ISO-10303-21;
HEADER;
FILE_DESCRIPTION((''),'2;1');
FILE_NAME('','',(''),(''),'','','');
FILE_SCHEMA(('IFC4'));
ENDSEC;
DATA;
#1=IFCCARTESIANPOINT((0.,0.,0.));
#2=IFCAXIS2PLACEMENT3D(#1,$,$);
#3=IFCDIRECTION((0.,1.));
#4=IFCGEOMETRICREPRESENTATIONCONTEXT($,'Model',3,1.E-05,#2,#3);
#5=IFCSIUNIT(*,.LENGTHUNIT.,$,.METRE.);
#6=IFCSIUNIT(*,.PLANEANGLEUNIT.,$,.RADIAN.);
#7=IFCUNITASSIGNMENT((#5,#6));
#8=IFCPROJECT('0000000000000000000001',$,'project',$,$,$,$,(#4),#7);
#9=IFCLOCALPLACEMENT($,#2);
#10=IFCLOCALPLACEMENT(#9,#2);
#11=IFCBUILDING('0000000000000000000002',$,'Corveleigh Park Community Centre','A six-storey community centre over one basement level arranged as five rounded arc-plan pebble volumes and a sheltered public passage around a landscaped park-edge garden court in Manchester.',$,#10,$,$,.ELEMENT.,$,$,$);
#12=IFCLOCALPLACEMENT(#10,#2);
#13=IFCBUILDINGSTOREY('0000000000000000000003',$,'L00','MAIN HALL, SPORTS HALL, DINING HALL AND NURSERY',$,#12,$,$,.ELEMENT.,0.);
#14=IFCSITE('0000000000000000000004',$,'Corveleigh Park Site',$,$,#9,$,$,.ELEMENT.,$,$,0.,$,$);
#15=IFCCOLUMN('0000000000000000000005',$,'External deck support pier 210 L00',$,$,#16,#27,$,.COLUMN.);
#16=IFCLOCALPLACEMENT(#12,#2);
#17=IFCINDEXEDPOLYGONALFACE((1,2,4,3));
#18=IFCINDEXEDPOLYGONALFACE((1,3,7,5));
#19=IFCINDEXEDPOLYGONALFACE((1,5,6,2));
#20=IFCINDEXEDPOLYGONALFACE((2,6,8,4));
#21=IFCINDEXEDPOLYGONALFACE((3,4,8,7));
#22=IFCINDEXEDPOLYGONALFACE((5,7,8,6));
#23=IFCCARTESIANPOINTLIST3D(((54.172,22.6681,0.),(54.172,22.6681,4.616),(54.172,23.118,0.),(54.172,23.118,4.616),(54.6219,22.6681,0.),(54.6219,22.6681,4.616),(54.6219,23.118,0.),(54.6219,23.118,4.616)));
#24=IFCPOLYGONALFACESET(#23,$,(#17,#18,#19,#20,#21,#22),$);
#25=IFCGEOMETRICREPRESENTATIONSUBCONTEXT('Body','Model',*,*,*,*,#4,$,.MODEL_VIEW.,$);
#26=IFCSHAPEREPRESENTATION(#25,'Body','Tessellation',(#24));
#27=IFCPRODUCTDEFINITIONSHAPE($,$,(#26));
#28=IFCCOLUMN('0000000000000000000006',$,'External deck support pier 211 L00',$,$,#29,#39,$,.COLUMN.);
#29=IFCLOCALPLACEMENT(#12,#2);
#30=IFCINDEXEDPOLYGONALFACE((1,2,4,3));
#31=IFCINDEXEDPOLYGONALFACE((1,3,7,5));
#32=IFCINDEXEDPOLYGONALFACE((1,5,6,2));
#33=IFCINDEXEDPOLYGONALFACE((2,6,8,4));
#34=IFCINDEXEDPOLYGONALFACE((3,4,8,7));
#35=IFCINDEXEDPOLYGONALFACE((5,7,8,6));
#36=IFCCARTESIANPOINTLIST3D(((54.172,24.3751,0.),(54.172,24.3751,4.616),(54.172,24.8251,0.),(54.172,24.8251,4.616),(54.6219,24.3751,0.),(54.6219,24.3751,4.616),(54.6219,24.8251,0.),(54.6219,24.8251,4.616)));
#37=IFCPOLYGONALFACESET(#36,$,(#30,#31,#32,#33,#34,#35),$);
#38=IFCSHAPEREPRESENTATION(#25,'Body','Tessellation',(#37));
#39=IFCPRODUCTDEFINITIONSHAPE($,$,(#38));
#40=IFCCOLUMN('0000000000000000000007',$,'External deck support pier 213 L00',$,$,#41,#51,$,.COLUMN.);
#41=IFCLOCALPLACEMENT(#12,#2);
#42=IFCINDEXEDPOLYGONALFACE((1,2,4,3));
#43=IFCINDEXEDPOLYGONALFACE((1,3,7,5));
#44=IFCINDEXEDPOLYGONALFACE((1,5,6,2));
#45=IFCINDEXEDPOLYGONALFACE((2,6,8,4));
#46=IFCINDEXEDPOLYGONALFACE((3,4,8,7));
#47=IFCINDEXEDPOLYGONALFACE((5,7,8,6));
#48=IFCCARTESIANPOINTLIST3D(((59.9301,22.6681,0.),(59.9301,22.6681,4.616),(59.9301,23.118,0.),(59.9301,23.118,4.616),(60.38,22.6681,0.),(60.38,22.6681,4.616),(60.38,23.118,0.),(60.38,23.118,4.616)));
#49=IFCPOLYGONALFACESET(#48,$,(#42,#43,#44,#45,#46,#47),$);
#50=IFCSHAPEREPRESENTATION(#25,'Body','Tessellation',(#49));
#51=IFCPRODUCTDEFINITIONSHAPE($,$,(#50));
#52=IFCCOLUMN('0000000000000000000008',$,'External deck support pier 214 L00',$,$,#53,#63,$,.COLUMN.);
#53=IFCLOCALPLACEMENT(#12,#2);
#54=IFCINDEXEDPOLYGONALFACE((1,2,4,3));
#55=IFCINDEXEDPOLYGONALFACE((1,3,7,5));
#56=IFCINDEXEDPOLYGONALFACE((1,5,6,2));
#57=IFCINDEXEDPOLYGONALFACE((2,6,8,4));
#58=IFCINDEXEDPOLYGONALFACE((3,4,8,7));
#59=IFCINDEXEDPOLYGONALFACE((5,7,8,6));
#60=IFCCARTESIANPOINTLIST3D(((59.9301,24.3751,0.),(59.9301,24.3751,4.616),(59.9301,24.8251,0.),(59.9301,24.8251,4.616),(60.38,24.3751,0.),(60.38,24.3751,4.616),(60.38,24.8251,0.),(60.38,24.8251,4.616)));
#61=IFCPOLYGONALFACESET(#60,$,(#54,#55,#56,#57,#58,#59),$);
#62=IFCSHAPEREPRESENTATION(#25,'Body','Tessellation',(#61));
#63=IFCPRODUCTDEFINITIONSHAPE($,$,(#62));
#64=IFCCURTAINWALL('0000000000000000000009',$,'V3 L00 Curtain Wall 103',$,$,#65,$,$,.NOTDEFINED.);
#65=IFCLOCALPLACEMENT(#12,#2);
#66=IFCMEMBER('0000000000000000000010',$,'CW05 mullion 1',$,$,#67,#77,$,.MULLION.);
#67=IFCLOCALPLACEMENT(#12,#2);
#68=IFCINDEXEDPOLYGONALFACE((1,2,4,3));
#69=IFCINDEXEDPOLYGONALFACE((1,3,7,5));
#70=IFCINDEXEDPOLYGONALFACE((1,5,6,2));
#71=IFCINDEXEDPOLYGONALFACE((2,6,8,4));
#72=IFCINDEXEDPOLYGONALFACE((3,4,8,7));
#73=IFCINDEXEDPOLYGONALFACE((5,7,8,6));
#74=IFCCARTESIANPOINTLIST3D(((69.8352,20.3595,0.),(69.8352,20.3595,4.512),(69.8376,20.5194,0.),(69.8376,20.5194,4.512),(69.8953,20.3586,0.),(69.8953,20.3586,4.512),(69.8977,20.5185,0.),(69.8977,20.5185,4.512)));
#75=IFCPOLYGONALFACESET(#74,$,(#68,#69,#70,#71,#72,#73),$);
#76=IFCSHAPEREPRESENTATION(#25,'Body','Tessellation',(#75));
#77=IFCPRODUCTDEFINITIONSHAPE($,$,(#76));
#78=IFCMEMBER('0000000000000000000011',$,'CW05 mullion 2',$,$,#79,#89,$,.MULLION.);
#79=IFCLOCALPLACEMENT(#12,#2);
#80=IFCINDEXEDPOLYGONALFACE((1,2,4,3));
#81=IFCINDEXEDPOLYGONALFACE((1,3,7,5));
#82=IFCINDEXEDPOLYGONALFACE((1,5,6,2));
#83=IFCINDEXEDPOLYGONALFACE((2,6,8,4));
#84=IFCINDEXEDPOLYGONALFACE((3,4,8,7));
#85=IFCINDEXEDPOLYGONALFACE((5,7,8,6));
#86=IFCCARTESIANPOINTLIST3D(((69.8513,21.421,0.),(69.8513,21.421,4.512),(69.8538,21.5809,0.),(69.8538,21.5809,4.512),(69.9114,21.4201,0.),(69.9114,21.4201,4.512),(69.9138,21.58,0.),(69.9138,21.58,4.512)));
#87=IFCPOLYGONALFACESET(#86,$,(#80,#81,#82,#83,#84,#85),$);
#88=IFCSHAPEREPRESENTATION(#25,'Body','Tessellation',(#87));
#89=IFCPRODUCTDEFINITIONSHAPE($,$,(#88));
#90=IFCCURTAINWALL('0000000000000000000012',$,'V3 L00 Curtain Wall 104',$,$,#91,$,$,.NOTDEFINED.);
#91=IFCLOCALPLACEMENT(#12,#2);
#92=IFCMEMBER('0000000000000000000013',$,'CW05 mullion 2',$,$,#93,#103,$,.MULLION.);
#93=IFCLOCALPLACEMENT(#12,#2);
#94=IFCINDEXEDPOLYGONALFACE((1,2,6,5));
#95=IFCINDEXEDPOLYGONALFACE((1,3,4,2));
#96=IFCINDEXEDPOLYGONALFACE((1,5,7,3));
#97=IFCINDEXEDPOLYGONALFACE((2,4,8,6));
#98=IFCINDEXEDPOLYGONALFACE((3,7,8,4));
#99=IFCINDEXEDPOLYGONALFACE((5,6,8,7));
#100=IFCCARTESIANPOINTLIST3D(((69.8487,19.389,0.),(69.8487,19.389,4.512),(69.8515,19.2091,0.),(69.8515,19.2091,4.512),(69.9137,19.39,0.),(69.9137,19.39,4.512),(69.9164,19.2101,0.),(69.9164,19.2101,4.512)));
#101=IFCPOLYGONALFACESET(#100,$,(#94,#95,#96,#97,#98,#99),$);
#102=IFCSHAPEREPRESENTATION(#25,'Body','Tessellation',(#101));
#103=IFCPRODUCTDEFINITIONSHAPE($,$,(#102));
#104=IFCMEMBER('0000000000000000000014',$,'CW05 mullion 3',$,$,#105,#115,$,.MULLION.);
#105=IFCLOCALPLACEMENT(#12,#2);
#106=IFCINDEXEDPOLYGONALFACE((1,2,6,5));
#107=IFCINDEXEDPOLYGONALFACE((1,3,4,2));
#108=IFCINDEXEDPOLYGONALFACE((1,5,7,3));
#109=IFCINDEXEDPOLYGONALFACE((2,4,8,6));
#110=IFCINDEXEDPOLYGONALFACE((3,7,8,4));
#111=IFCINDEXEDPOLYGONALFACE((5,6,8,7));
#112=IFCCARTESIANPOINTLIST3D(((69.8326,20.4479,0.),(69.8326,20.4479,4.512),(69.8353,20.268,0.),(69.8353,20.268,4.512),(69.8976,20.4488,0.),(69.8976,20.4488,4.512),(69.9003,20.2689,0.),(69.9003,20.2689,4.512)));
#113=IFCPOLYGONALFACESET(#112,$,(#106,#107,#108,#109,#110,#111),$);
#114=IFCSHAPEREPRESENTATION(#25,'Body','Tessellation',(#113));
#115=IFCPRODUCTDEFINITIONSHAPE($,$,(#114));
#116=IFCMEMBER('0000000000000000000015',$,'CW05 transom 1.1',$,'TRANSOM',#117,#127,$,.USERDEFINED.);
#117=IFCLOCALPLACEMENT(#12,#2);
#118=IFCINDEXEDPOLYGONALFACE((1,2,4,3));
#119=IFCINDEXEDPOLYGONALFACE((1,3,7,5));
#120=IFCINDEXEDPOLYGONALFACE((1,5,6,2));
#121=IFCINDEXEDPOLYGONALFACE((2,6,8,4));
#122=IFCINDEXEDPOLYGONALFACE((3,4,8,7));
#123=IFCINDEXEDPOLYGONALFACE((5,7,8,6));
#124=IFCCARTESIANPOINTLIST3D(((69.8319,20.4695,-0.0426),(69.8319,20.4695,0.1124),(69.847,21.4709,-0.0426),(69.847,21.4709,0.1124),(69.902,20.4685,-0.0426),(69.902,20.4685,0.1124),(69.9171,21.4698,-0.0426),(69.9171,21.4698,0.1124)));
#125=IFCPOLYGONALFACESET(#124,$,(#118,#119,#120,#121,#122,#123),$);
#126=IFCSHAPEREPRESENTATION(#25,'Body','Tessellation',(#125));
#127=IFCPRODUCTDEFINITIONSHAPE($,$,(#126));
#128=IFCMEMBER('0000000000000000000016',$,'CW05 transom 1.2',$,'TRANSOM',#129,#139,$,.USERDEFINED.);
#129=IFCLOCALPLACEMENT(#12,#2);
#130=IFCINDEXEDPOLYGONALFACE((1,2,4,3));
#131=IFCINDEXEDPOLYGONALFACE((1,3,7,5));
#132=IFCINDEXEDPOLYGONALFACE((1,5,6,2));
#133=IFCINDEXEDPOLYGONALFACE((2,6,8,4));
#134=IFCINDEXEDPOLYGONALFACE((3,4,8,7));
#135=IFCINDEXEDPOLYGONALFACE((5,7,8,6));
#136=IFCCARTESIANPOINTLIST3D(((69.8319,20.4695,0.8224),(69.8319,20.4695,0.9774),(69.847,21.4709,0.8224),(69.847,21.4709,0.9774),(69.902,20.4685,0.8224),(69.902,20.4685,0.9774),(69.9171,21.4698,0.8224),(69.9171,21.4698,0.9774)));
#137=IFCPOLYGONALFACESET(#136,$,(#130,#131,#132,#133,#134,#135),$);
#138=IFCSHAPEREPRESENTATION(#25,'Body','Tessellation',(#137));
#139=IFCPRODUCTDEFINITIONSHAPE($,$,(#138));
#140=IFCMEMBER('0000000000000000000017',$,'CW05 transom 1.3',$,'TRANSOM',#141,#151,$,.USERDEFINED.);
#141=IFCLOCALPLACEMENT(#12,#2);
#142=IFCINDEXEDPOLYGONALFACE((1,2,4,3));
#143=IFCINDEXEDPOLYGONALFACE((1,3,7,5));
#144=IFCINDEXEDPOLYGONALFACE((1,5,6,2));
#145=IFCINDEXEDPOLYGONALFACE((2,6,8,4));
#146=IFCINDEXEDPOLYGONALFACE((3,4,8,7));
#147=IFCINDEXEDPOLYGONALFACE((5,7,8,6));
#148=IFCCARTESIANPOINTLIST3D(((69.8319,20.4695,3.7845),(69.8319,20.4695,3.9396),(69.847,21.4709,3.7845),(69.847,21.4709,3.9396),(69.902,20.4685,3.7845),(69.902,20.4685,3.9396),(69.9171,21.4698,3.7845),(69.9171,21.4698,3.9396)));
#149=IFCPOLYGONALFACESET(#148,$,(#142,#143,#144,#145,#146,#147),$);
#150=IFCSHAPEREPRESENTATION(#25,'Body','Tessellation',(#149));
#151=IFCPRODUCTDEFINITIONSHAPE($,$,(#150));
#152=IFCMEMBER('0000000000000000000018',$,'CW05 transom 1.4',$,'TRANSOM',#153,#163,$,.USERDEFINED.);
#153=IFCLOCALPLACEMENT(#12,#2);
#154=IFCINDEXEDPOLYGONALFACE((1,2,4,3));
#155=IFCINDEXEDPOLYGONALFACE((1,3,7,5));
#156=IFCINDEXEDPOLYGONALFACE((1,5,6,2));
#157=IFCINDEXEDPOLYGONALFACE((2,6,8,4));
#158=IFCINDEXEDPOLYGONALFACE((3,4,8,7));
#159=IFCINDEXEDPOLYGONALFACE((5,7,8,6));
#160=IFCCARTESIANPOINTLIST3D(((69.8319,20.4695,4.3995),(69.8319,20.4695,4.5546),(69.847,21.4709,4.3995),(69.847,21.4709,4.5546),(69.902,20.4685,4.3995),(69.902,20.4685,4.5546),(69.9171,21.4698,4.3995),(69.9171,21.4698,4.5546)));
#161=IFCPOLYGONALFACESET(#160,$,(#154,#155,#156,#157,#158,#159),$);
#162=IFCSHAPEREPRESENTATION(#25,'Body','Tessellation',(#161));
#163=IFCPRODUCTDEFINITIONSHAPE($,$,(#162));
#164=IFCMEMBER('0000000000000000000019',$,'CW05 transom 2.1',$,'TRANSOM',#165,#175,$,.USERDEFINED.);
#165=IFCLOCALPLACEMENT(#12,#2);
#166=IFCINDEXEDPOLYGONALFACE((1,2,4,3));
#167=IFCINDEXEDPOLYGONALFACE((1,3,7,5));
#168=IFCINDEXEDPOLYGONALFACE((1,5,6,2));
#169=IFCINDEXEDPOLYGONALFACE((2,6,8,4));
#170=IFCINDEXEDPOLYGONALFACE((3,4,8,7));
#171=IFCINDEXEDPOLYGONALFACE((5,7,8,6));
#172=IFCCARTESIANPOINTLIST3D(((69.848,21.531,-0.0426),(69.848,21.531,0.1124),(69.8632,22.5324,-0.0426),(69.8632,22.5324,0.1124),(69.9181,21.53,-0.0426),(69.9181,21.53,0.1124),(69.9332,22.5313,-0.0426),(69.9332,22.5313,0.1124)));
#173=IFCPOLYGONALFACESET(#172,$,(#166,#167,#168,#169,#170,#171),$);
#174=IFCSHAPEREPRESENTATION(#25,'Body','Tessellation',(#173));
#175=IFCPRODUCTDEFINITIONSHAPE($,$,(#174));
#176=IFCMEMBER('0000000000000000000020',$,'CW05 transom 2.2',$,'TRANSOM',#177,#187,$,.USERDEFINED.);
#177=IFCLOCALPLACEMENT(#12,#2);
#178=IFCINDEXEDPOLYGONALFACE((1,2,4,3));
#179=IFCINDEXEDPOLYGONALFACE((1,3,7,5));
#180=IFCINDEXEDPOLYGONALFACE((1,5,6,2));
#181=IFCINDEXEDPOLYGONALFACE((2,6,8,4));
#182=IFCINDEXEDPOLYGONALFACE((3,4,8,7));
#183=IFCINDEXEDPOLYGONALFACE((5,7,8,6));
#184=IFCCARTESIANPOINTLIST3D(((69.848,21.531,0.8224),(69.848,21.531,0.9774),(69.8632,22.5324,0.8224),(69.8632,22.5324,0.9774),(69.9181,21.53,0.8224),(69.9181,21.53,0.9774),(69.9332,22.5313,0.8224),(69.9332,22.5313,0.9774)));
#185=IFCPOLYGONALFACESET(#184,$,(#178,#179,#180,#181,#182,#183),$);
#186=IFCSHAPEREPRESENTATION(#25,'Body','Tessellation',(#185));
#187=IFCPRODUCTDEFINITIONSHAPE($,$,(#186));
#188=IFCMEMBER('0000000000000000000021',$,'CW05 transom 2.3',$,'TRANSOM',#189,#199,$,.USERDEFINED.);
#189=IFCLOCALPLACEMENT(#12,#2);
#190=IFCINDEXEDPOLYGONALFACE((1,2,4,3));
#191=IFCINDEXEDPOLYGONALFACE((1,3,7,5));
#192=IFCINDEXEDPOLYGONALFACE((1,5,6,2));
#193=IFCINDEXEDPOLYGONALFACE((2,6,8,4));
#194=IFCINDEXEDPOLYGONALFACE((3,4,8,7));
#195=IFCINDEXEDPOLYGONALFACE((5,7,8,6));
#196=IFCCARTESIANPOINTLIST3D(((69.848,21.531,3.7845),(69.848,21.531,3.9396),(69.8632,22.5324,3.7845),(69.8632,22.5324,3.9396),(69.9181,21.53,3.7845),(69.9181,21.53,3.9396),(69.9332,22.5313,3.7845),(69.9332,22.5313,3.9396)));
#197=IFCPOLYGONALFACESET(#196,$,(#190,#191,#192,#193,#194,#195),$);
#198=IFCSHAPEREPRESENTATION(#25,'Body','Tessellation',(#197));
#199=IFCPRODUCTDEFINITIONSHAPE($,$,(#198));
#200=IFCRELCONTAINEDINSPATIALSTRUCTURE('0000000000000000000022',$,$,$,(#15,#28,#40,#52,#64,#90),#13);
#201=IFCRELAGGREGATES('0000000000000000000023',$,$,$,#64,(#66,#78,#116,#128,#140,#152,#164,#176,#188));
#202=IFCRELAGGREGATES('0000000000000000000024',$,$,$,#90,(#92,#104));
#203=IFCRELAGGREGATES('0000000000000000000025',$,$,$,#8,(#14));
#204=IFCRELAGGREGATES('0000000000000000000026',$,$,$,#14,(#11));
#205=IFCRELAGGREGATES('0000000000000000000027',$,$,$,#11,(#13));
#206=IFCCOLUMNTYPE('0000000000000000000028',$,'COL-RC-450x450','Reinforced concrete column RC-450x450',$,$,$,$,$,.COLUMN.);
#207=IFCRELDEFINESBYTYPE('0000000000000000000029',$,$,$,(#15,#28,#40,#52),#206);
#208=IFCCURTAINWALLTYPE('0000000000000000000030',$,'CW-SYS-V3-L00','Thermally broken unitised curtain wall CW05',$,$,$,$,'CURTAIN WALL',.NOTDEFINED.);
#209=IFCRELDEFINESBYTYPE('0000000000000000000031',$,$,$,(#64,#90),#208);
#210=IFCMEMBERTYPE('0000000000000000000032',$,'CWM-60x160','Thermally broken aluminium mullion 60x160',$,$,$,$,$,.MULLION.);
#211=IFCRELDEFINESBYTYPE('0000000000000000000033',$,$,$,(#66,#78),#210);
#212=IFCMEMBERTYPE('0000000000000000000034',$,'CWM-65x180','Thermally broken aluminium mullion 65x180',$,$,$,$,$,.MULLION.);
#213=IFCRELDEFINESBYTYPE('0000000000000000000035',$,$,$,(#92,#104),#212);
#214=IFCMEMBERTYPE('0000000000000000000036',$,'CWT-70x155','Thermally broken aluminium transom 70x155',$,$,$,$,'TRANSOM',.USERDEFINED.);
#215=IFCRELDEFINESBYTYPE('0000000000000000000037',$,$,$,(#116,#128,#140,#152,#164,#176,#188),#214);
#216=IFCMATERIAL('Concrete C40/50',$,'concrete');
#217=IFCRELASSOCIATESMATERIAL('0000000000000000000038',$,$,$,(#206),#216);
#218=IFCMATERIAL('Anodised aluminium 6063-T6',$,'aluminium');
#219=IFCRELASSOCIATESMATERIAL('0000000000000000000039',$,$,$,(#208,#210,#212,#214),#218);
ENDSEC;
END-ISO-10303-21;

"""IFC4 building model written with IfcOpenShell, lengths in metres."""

from ifc_helpers import new_model, si_unit, direction, frame, origin, origin_2d, place, context, subcontext, project, spatial, rectangle, extrude, material, material_profile, profile_set, type_object, element, aggregate, save


model = new_model("IFC4")

# Units and contexts
model_context = context("Model", 3, precision=1e-05, world=origin(), true_north=direction((0.0, 1.0)))
body_context = subcontext(model_context, "Body", "Model", "MODEL_VIEW")
ifc_project = project(units=[si_unit("LENGTHUNIT", "METRE"), si_unit("PLANEANGLEUNIT", "RADIAN")], contexts=[model_context])

# Site, building, storey
site_placement = place(None, origin())
site = spatial("IfcSite", under=ifc_project, at=site_placement, Name="Corveleigh Park Site", CompositionType="ELEMENT", RefElevation=0.0)
building_placement = place(site_placement, origin())
building = spatial("IfcBuilding", under=site, at=building_placement, Name="Corveleigh Park Community Centre", Description="A six-storey community centre over one basement level arranged as five rounded arc-plan pebble volumes and a sheltered public passage around a landscaped park-edge garden court in Manchester.", CompositionType="ELEMENT")
storey_placement = place(building_placement, origin())
storey = spatial("IfcBuildingStorey", under=building, at=storey_placement, Name="L00", Description="MAIN HALL, SPORTS HALL, DINING HALL AND NURSERY", CompositionType="ELEMENT", Elevation=0.0)

# Columns
ifc_material_1 = material(Name="Concrete C40/50", Category="concrete")
ifc_material_profile_1 = material_profile(ifc_material_1, rectangle(XDim=0.45, YDim=0.45, at=origin_2d()), Name="RC-450x450", Category="concrete")
ifc_profile_set_1 = profile_set([ifc_material_profile_1], Name="Concrete C40/50")
column_type = type_object("IfcColumnType", Name="COL-RC-450x450", Description="Reinforced concrete column RC-450x450", PredefinedType="COLUMN", material=ifc_profile_set_1)
for number, where, z_axis, x_axis, name in (
    (1, (54.397, 22.8931, 0.0), (0.0, 0.0, 1.0), (1.0, 0.0, 0.0), "External deck support pier 210 L00"),
    (2, (54.397, 24.6001, 0.0), (0.0, 0.0, 1.0), (1.0, 0.0, 0.0), "External deck support pier 211 L00"),
    (3, (60.155, 22.8931, 0.0), (0.0, 0.0, 1.0), (1.0, 0.0, 0.0), "External deck support pier 213 L00"),
    (4, (60.155, 24.6001, 0.0), (0.0, 0.0, 1.0), (1.0, 0.0, 0.0), "External deck support pier 214 L00"),
):
    element("IfcColumn", number, at=place(storey_placement, frame(where, z_axis=z_axis, x_axis=x_axis)), inside=storey, type_object=column_type, Name=name, PredefinedType="COLUMN", context=body_context, shape_type="SweptSolid", body=[
        extrude(rectangle(XDim=0.45, YDim=0.45, at=origin_2d()), origin(), (0.0, 0.0, 1.0), 4.616),
    ])

# Curtain walls, members
ifc_material_2 = material(Name="Anodised aluminium 6063-T6", Category="aluminium")
curtain_wall_type_1 = type_object("IfcCurtainWallType", Name="CW-SYS-V3-L00", Description="Thermally broken unitised curtain wall CW05", ElementType="CURTAIN WALL", PredefinedType="NOTDEFINED", material=ifc_material_2)
curtain_wall_1_placement = place(storey_placement, origin())
curtain_wall_1 = element("IfcCurtainWall", 5, at=curtain_wall_1_placement, inside=storey, type_object=curtain_wall_type_1, Name="V3 L00 Curtain Wall 103", PredefinedType="NOTDEFINED")
ifc_material_profile_2 = material_profile(ifc_material_2, rectangle(XDim=0.0601, YDim=0.1599, at=origin_2d()), Name="ALU-M60x160", Category="aluminium")
ifc_profile_set_2 = profile_set([ifc_material_profile_2], Name="Anodised aluminium 6063-T6")
member_type_1 = type_object("IfcMemberType", Name="CWM-60x160", Description="Thermally broken aluminium mullion 60x160", PredefinedType="MULLION", material=ifc_profile_set_2)
member_1_placement = place(storey_placement, frame((69.8665, 20.439, 0.0), z_axis=(0.0, 0.0, 1.0), x_axis=(-0.999886, 0.015115, 0.0)))
member_1 = element("IfcMember", 6, at=member_1_placement, type_object=member_type_1, Name="CW05 mullion 1", PredefinedType="MULLION", context=body_context, shape_type="SweptSolid", body=[
    extrude(rectangle(XDim=0.0601, YDim=0.1599, at=origin_2d()), origin(), (0.0, 0.0, 1.0), 4.512),
])
member_2_placement = place(storey_placement, frame((69.8826, 21.5005, 0.0), z_axis=(0.0, 0.0, 1.0), x_axis=(-0.999886, 0.015115, 0.0)))
member_2 = element("IfcMember", 7, at=member_2_placement, type_object=member_type_1, Name="CW05 mullion 2", PredefinedType="MULLION", context=body_context, shape_type="SweptSolid", body=[
    extrude(rectangle(XDim=0.0601, YDim=0.1599, at=origin_2d()), origin(), (0.0, 0.0, 1.0), 4.512),
])
curtain_wall_2_placement = place(storey_placement, origin())
curtain_wall_2 = element("IfcCurtainWall", 8, at=curtain_wall_2_placement, inside=storey, type_object=curtain_wall_type_1, Name="V3 L00 Curtain Wall 104", PredefinedType="NOTDEFINED")
ifc_material_profile_3 = material_profile(ifc_material_2, rectangle(XDim=0.0649, YDim=0.1799, at=origin_2d()), Name="ALU-M65x180", Category="aluminium")
ifc_profile_set_3 = profile_set([ifc_material_profile_3], Name="Anodised aluminium 6063-T6")
member_type_2 = type_object("IfcMemberType", Name="CWM-65x180", Description="Thermally broken aluminium mullion 65x180", PredefinedType="MULLION", material=ifc_profile_set_3)
member_3_placement = place(storey_placement, frame((69.8826, 19.2996, 0.0), z_axis=(0.0, 0.0, 1.0), x_axis=(-0.999886, -0.015115, 0.0)))
member_3 = element("IfcMember", 9, at=member_3_placement, type_object=member_type_2, Name="CW05 mullion 2", PredefinedType="MULLION", context=body_context, shape_type="SweptSolid", body=[
    extrude(rectangle(XDim=0.0649, YDim=0.1799, at=origin_2d()), origin(), (0.0, 0.0, 1.0), 4.512),
])
member_4_placement = place(storey_placement, frame((69.8665, 20.3584, 0.0), z_axis=(0.0, 0.0, 1.0), x_axis=(-0.999886, -0.015115, 0.0)))
member_4 = element("IfcMember", 10, at=member_4_placement, type_object=member_type_2, Name="CW05 mullion 3", PredefinedType="MULLION", context=body_context, shape_type="SweptSolid", body=[
    extrude(rectangle(XDim=0.0649, YDim=0.1799, at=origin_2d()), origin(), (0.0, 0.0, 1.0), 4.512),
])

# Members
ifc_material_profile_4 = material_profile(ifc_material_2, rectangle(XDim=0.0701, YDim=0.155, at=origin_2d()), Name="ALU-T70x155", Category="aluminium")
ifc_profile_set_4 = profile_set([ifc_material_profile_4], Name="Anodised aluminium 6063-T6")
member_type_3 = type_object("IfcMemberType", Name="CWT-70x155", Description="Thermally broken aluminium transom 70x155", ElementType="TRANSOM", PredefinedType="USERDEFINED", material=ifc_profile_set_4)
member_5_placement = place(storey_placement, frame((69.8669, 20.469, 0.0349), z_axis=(0.015113, 0.999886, 0.0), x_axis=(-0.999886, 0.015113, 0.0)))
member_5 = element("IfcMember", 11, at=member_5_placement, type_object=member_type_3, Name="CW05 transom 1.1", ObjectType="TRANSOM", PredefinedType="USERDEFINED", context=body_context, shape_type="SweptSolid", body=[
    extrude(rectangle(XDim=0.0701, YDim=0.155, at=origin_2d()), origin(), (0.0, 0.0, 1.0), 1.0015),
])
member_6_placement = place(storey_placement, frame((69.8669, 20.469, 0.8999), z_axis=(0.015113, 0.999886, 0.0), x_axis=(-0.999886, 0.015113, 0.0)))
member_6 = element("IfcMember", 12, at=member_6_placement, type_object=member_type_3, Name="CW05 transom 1.2", ObjectType="TRANSOM", PredefinedType="USERDEFINED", context=body_context, shape_type="SweptSolid", body=[
    extrude(rectangle(XDim=0.0701, YDim=0.155, at=origin_2d()), origin(), (0.0, 0.0, 1.0), 1.0015),
])
member_7_placement = place(storey_placement, frame((69.8669, 20.469, 3.8621), z_axis=(0.015113, 0.999886, 0.0), x_axis=(-0.999886, 0.015113, 0.0)))
member_7 = element("IfcMember", 13, at=member_7_placement, type_object=member_type_3, Name="CW05 transom 1.3", ObjectType="TRANSOM", PredefinedType="USERDEFINED", context=body_context, shape_type="SweptSolid", body=[
    extrude(rectangle(XDim=0.0701, YDim=0.155, at=origin_2d()), origin(), (0.0, 0.0, 1.0), 1.0015),
])
member_8_placement = place(storey_placement, frame((69.8669, 20.469, 4.4771), z_axis=(0.015113, 0.999886, 0.0), x_axis=(-0.999886, 0.015113, 0.0)))
member_8 = element("IfcMember", 14, at=member_8_placement, type_object=member_type_3, Name="CW05 transom 1.4", ObjectType="TRANSOM", PredefinedType="USERDEFINED", context=body_context, shape_type="SweptSolid", body=[
    extrude(rectangle(XDim=0.0701, YDim=0.155, at=origin_2d()), origin(), (0.0, 0.0, 1.0), 1.0015),
])
member_9_placement = place(storey_placement, frame((69.8831, 21.5305, 0.0349), z_axis=(0.015113, 0.999886, 0.0), x_axis=(-0.999886, 0.015113, 0.0)))
member_9 = element("IfcMember", 15, at=member_9_placement, type_object=member_type_3, Name="CW05 transom 2.1", ObjectType="TRANSOM", PredefinedType="USERDEFINED", context=body_context, shape_type="SweptSolid", body=[
    extrude(rectangle(XDim=0.0701, YDim=0.155, at=origin_2d()), origin(), (0.0, 0.0, 1.0), 1.0015),
])
member_10_placement = place(storey_placement, frame((69.8831, 21.5305, 0.8999), z_axis=(0.015113, 0.999886, 0.0), x_axis=(-0.999886, 0.015113, 0.0)))
member_10 = element("IfcMember", 16, at=member_10_placement, type_object=member_type_3, Name="CW05 transom 2.2", ObjectType="TRANSOM", PredefinedType="USERDEFINED", context=body_context, shape_type="SweptSolid", body=[
    extrude(rectangle(XDim=0.0701, YDim=0.155, at=origin_2d()), origin(), (0.0, 0.0, 1.0), 1.0015),
])
member_11_placement = place(storey_placement, frame((69.8831, 21.5305, 3.8621), z_axis=(0.015113, 0.999886, 0.0), x_axis=(-0.999886, 0.015113, 0.0)))
member_11 = element("IfcMember", 17, at=member_11_placement, type_object=member_type_3, Name="CW05 transom 2.3", ObjectType="TRANSOM", PredefinedType="USERDEFINED", context=body_context, shape_type="SweptSolid", body=[
    extrude(rectangle(XDim=0.0701, YDim=0.155, at=origin_2d()), origin(), (0.0, 0.0, 1.0), 1.0015),
])

aggregate(curtain_wall_1, [member_1, member_2, member_5, member_6, member_7, member_8, member_9, member_10, member_11])
aggregate(curtain_wall_2, [member_3, member_4])

save(model, "model.ifc")
